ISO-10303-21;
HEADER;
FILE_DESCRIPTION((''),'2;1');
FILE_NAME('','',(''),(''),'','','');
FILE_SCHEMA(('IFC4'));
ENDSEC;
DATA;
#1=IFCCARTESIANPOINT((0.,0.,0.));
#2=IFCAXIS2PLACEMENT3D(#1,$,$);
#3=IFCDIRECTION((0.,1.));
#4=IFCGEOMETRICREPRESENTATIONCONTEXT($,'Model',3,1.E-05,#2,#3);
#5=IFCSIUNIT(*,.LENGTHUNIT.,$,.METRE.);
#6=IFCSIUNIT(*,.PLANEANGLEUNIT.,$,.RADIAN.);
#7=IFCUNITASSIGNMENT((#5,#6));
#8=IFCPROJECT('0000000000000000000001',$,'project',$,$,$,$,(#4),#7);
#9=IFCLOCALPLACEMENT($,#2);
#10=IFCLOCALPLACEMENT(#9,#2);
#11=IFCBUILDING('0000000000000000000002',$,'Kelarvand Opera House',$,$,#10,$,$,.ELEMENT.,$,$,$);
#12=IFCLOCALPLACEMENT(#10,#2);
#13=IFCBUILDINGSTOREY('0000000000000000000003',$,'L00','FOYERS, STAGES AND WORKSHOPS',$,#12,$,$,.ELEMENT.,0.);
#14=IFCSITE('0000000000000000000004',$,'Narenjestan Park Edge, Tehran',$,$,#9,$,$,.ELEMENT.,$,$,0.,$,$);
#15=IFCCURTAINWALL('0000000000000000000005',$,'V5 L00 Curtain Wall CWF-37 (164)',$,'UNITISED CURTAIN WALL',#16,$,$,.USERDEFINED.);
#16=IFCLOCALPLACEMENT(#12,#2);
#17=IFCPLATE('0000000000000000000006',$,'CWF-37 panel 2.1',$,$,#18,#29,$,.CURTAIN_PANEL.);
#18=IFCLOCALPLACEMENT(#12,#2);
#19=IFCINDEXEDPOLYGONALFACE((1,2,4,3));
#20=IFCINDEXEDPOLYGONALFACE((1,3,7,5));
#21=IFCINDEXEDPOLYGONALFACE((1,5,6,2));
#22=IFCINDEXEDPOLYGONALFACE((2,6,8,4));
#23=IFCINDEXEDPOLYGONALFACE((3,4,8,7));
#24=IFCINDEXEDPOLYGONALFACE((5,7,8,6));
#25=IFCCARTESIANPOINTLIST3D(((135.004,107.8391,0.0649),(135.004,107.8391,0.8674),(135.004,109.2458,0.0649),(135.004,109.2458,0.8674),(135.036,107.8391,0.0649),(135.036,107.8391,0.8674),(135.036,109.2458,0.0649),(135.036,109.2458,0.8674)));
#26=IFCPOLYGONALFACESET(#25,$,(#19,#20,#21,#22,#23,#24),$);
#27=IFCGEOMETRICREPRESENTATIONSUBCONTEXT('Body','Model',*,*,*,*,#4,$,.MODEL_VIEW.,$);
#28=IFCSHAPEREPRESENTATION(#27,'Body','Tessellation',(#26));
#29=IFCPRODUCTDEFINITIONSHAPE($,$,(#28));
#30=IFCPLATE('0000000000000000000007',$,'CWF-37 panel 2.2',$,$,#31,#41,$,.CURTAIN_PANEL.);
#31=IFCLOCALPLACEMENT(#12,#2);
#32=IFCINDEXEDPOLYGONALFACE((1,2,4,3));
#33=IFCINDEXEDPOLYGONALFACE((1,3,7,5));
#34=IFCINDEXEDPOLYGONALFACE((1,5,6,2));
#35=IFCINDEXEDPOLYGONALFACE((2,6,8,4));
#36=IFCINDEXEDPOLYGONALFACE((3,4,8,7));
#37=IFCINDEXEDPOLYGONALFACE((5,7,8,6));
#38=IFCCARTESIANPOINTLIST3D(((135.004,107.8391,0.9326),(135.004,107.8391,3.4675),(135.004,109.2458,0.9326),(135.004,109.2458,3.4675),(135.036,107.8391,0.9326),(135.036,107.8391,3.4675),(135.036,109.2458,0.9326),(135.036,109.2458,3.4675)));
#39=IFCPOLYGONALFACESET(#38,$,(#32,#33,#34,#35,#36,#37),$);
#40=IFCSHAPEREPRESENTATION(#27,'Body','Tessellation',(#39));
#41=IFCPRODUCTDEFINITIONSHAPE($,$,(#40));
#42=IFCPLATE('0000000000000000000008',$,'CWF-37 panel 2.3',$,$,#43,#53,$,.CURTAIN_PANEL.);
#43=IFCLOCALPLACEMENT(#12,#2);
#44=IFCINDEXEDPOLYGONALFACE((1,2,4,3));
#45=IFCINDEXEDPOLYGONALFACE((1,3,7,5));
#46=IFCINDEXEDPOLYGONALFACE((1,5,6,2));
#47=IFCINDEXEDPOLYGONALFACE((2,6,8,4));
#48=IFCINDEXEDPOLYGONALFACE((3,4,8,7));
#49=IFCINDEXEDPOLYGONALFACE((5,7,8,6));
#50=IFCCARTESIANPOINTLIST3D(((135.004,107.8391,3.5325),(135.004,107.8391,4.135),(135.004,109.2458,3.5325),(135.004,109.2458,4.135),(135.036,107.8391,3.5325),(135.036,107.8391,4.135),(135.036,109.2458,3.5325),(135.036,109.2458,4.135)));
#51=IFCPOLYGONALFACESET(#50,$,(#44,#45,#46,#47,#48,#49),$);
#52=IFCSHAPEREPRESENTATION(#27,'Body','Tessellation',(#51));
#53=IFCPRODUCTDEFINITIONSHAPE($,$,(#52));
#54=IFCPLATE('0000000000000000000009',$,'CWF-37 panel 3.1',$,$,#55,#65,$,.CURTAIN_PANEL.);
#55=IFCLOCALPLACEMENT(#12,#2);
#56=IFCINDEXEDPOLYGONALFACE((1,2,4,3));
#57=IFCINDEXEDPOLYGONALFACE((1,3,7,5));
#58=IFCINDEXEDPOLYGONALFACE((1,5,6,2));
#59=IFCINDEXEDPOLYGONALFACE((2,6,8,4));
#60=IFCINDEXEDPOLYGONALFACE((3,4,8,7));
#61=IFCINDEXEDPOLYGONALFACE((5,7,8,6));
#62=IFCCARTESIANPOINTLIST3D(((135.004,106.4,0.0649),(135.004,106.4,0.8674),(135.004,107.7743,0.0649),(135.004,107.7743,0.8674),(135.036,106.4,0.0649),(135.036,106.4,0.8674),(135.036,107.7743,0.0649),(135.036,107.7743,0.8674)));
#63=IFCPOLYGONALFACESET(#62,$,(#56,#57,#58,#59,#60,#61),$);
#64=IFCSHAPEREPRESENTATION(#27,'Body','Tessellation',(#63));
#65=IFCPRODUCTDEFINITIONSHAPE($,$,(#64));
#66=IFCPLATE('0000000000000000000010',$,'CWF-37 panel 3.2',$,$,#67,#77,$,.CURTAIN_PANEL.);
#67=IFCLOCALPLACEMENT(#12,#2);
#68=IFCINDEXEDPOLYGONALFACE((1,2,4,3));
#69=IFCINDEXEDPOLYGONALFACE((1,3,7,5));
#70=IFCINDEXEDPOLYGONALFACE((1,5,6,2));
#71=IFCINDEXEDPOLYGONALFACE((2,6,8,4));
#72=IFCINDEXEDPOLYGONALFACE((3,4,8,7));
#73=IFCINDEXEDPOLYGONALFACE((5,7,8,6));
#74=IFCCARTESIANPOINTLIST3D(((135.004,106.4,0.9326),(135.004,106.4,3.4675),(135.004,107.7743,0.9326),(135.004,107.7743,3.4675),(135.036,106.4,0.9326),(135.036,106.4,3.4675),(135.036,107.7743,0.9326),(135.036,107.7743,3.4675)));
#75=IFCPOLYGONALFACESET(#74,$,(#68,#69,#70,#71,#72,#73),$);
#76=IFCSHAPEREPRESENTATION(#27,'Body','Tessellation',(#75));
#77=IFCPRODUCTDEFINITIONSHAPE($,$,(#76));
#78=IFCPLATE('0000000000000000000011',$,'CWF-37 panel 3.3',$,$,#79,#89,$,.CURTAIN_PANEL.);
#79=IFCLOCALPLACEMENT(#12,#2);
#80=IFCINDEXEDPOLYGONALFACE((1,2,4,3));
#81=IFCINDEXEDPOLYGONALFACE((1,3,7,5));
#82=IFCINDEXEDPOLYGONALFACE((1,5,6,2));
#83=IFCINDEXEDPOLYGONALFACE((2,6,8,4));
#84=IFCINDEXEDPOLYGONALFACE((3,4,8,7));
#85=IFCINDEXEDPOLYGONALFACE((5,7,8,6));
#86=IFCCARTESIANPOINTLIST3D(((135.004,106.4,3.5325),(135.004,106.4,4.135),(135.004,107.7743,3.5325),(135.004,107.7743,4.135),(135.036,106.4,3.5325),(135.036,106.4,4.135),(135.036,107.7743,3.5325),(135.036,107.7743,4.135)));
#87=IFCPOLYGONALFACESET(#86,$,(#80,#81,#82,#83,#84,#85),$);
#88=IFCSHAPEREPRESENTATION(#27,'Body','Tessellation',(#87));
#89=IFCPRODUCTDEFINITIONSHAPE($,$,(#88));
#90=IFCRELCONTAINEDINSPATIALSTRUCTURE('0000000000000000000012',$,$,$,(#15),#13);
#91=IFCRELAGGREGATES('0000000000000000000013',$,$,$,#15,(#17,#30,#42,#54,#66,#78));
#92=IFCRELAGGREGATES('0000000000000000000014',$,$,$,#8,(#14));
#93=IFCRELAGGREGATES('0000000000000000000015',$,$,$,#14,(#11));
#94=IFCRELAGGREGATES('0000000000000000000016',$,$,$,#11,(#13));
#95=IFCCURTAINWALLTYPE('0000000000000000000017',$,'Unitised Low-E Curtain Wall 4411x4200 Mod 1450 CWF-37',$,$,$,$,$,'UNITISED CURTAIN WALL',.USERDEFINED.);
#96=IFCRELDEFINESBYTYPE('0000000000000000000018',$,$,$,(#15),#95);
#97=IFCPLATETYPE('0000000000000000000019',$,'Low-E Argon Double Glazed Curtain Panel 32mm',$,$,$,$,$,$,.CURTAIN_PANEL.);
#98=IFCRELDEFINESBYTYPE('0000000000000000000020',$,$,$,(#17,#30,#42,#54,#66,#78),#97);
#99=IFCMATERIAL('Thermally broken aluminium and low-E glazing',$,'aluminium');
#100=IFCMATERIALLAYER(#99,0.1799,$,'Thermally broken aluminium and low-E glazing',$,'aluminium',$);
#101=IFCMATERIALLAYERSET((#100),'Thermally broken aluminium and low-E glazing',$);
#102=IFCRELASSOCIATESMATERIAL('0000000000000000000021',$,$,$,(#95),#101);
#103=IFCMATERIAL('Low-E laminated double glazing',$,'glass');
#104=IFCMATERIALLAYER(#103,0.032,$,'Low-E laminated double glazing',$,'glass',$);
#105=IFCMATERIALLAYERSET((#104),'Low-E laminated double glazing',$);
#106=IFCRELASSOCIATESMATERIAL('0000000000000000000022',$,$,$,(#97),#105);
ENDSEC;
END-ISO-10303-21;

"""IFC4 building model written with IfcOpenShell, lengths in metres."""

from ifc_helpers import new_model, si_unit, direction, frame, origin, origin_2d, place, context, subcontext, project, spatial, rectangle, extrude, material, layer, layer_set, type_object, element, aggregate, save


model = new_model("IFC4")

# Units and contexts
model_context = context("Model", 3, precision=1e-05, world=origin(), true_north=direction((0.0, 1.0)))
body_context = subcontext(model_context, "Body", "Model", "MODEL_VIEW")
ifc_project = project(units=[si_unit("LENGTHUNIT", "METRE"), si_unit("PLANEANGLEUNIT", "RADIAN")], contexts=[model_context])

# Site, building, storey
site_placement = place(None, origin())
site = spatial("IfcSite", under=ifc_project, at=site_placement, Name="Narenjestan Park Edge, Tehran", CompositionType="ELEMENT", RefElevation=0.0)
building_placement = place(site_placement, origin())
building = spatial("IfcBuilding", under=site, at=building_placement, Name="Kelarvand Opera House", CompositionType="ELEMENT")
storey_placement = place(building_placement, origin())
storey = spatial("IfcBuildingStorey", under=building, at=storey_placement, Name="L00", Description="FOYERS, STAGES AND WORKSHOPS", CompositionType="ELEMENT", Elevation=0.0)

# Curtain wall
ifc_material_1 = material(Name="Thermally broken aluminium and low-E glazing", Category="aluminium")
ifc_layer_1 = layer(ifc_material_1, 0.1799, Name="Thermally broken aluminium and low-E glazing", Category="aluminium")
ifc_layer_set_1 = layer_set([ifc_layer_1], Name="Thermally broken aluminium and low-E glazing")
curtain_wall_type_1 = type_object("IfcCurtainWallType", Name="Unitised Low-E Curtain Wall 4411x4200 Mod 1450 CWF-37", ElementType="UNITISED CURTAIN WALL", PredefinedType="USERDEFINED", material=ifc_layer_set_1)
curtain_wall_1_placement = place(storey_placement, origin())
curtain_wall_1 = element("IfcCurtainWall", 1, at=curtain_wall_1_placement, inside=storey, type_object=curtain_wall_type_1, Name="V5 L00 Curtain Wall CWF-37 (164)", ObjectType="UNITISED CURTAIN WALL", PredefinedType="USERDEFINED")

# Plates
ifc_material_2 = material(Name="Low-E laminated double glazing", Category="glass")
ifc_layer_2 = layer(ifc_material_2, 0.032, Name="Low-E laminated double glazing", Category="glass")
ifc_layer_set_2 = layer_set([ifc_layer_2], Name="Low-E laminated double glazing")
plate_type = type_object("IfcPlateType", Name="Low-E Argon Double Glazed Curtain Panel 32mm", PredefinedType="CURTAIN_PANEL", material=ifc_layer_set_2)
plate_1_placement = place(storey_placement, frame((135.02, 108.5425, 0.0649), z_axis=(0.0, 0.0, 1.0), x_axis=(0.0, -1.0, 0.0)))
plate_1 = element("IfcPlate", 2, at=plate_1_placement, type_object=plate_type, Name="CWF-37 panel 2.1", PredefinedType="CURTAIN_PANEL", context=body_context, shape_type="SweptSolid", body=[
    extrude(rectangle(XDim=1.4067, YDim=0.032, at=origin_2d()), origin(), (0.0, 0.0, 1.0), 0.8025),
])
plate_2_placement = place(storey_placement, frame((135.02, 108.5425, 0.9326), z_axis=(0.0, 0.0, 1.0), x_axis=(0.0, -1.0, 0.0)))
plate_2 = element("IfcPlate", 3, at=plate_2_placement, type_object=plate_type, Name="CWF-37 panel 2.2", PredefinedType="CURTAIN_PANEL", context=body_context, shape_type="SweptSolid", body=[
    extrude(rectangle(XDim=1.4067, YDim=0.032, at=origin_2d()), origin(), (0.0, 0.0, 1.0), 2.5349),
])
plate_3_placement = place(storey_placement, frame((135.02, 108.5425, 3.5325), z_axis=(0.0, 0.0, 1.0), x_axis=(0.0, -1.0, 0.0)))
plate_3 = element("IfcPlate", 4, at=plate_3_placement, type_object=plate_type, Name="CWF-37 panel 2.3", PredefinedType="CURTAIN_PANEL", context=body_context, shape_type="SweptSolid", body=[
    extrude(rectangle(XDim=1.4067, YDim=0.032, at=origin_2d()), origin(), (0.0, 0.0, 1.0), 0.6025),
])
plate_4_placement = place(storey_placement, frame((135.02, 107.0872, 0.0649), z_axis=(0.0, 0.0, 1.0), x_axis=(0.0, -1.0, 0.0)))
plate_4 = element("IfcPlate", 5, at=plate_4_placement, type_object=plate_type, Name="CWF-37 panel 3.1", PredefinedType="CURTAIN_PANEL", context=body_context, shape_type="SweptSolid", body=[
    extrude(rectangle(XDim=1.3743, YDim=0.032, at=origin_2d()), origin(), (0.0, 0.0, 1.0), 0.8025),
])
plate_5_placement = place(storey_placement, frame((135.02, 107.0872, 0.9326), z_axis=(0.0, 0.0, 1.0), x_axis=(0.0, -1.0, 0.0)))
plate_5 = element("IfcPlate", 6, at=plate_5_placement, type_object=plate_type, Name="CWF-37 panel 3.2", PredefinedType="CURTAIN_PANEL", context=body_context, shape_type="SweptSolid", body=[
    extrude(rectangle(XDim=1.3743, YDim=0.032, at=origin_2d()), origin(), (0.0, 0.0, 1.0), 2.5349),
])
plate_6_placement = place(storey_placement, frame((135.02, 107.0872, 3.5325), z_axis=(0.0, 0.0, 1.0), x_axis=(0.0, -1.0, 0.0)))
plate_6 = element("IfcPlate", 7, at=plate_6_placement, type_object=plate_type, Name="CWF-37 panel 3.3", PredefinedType="CURTAIN_PANEL", context=body_context, shape_type="SweptSolid", body=[
    extrude(rectangle(XDim=1.3743, YDim=0.032, at=origin_2d()), origin(), (0.0, 0.0, 1.0), 0.6025),
])
aggregate(curtain_wall_1, [plate_1, plate_2, plate_3, plate_4, plate_5, plate_6])

save(model, "model.ifc")
